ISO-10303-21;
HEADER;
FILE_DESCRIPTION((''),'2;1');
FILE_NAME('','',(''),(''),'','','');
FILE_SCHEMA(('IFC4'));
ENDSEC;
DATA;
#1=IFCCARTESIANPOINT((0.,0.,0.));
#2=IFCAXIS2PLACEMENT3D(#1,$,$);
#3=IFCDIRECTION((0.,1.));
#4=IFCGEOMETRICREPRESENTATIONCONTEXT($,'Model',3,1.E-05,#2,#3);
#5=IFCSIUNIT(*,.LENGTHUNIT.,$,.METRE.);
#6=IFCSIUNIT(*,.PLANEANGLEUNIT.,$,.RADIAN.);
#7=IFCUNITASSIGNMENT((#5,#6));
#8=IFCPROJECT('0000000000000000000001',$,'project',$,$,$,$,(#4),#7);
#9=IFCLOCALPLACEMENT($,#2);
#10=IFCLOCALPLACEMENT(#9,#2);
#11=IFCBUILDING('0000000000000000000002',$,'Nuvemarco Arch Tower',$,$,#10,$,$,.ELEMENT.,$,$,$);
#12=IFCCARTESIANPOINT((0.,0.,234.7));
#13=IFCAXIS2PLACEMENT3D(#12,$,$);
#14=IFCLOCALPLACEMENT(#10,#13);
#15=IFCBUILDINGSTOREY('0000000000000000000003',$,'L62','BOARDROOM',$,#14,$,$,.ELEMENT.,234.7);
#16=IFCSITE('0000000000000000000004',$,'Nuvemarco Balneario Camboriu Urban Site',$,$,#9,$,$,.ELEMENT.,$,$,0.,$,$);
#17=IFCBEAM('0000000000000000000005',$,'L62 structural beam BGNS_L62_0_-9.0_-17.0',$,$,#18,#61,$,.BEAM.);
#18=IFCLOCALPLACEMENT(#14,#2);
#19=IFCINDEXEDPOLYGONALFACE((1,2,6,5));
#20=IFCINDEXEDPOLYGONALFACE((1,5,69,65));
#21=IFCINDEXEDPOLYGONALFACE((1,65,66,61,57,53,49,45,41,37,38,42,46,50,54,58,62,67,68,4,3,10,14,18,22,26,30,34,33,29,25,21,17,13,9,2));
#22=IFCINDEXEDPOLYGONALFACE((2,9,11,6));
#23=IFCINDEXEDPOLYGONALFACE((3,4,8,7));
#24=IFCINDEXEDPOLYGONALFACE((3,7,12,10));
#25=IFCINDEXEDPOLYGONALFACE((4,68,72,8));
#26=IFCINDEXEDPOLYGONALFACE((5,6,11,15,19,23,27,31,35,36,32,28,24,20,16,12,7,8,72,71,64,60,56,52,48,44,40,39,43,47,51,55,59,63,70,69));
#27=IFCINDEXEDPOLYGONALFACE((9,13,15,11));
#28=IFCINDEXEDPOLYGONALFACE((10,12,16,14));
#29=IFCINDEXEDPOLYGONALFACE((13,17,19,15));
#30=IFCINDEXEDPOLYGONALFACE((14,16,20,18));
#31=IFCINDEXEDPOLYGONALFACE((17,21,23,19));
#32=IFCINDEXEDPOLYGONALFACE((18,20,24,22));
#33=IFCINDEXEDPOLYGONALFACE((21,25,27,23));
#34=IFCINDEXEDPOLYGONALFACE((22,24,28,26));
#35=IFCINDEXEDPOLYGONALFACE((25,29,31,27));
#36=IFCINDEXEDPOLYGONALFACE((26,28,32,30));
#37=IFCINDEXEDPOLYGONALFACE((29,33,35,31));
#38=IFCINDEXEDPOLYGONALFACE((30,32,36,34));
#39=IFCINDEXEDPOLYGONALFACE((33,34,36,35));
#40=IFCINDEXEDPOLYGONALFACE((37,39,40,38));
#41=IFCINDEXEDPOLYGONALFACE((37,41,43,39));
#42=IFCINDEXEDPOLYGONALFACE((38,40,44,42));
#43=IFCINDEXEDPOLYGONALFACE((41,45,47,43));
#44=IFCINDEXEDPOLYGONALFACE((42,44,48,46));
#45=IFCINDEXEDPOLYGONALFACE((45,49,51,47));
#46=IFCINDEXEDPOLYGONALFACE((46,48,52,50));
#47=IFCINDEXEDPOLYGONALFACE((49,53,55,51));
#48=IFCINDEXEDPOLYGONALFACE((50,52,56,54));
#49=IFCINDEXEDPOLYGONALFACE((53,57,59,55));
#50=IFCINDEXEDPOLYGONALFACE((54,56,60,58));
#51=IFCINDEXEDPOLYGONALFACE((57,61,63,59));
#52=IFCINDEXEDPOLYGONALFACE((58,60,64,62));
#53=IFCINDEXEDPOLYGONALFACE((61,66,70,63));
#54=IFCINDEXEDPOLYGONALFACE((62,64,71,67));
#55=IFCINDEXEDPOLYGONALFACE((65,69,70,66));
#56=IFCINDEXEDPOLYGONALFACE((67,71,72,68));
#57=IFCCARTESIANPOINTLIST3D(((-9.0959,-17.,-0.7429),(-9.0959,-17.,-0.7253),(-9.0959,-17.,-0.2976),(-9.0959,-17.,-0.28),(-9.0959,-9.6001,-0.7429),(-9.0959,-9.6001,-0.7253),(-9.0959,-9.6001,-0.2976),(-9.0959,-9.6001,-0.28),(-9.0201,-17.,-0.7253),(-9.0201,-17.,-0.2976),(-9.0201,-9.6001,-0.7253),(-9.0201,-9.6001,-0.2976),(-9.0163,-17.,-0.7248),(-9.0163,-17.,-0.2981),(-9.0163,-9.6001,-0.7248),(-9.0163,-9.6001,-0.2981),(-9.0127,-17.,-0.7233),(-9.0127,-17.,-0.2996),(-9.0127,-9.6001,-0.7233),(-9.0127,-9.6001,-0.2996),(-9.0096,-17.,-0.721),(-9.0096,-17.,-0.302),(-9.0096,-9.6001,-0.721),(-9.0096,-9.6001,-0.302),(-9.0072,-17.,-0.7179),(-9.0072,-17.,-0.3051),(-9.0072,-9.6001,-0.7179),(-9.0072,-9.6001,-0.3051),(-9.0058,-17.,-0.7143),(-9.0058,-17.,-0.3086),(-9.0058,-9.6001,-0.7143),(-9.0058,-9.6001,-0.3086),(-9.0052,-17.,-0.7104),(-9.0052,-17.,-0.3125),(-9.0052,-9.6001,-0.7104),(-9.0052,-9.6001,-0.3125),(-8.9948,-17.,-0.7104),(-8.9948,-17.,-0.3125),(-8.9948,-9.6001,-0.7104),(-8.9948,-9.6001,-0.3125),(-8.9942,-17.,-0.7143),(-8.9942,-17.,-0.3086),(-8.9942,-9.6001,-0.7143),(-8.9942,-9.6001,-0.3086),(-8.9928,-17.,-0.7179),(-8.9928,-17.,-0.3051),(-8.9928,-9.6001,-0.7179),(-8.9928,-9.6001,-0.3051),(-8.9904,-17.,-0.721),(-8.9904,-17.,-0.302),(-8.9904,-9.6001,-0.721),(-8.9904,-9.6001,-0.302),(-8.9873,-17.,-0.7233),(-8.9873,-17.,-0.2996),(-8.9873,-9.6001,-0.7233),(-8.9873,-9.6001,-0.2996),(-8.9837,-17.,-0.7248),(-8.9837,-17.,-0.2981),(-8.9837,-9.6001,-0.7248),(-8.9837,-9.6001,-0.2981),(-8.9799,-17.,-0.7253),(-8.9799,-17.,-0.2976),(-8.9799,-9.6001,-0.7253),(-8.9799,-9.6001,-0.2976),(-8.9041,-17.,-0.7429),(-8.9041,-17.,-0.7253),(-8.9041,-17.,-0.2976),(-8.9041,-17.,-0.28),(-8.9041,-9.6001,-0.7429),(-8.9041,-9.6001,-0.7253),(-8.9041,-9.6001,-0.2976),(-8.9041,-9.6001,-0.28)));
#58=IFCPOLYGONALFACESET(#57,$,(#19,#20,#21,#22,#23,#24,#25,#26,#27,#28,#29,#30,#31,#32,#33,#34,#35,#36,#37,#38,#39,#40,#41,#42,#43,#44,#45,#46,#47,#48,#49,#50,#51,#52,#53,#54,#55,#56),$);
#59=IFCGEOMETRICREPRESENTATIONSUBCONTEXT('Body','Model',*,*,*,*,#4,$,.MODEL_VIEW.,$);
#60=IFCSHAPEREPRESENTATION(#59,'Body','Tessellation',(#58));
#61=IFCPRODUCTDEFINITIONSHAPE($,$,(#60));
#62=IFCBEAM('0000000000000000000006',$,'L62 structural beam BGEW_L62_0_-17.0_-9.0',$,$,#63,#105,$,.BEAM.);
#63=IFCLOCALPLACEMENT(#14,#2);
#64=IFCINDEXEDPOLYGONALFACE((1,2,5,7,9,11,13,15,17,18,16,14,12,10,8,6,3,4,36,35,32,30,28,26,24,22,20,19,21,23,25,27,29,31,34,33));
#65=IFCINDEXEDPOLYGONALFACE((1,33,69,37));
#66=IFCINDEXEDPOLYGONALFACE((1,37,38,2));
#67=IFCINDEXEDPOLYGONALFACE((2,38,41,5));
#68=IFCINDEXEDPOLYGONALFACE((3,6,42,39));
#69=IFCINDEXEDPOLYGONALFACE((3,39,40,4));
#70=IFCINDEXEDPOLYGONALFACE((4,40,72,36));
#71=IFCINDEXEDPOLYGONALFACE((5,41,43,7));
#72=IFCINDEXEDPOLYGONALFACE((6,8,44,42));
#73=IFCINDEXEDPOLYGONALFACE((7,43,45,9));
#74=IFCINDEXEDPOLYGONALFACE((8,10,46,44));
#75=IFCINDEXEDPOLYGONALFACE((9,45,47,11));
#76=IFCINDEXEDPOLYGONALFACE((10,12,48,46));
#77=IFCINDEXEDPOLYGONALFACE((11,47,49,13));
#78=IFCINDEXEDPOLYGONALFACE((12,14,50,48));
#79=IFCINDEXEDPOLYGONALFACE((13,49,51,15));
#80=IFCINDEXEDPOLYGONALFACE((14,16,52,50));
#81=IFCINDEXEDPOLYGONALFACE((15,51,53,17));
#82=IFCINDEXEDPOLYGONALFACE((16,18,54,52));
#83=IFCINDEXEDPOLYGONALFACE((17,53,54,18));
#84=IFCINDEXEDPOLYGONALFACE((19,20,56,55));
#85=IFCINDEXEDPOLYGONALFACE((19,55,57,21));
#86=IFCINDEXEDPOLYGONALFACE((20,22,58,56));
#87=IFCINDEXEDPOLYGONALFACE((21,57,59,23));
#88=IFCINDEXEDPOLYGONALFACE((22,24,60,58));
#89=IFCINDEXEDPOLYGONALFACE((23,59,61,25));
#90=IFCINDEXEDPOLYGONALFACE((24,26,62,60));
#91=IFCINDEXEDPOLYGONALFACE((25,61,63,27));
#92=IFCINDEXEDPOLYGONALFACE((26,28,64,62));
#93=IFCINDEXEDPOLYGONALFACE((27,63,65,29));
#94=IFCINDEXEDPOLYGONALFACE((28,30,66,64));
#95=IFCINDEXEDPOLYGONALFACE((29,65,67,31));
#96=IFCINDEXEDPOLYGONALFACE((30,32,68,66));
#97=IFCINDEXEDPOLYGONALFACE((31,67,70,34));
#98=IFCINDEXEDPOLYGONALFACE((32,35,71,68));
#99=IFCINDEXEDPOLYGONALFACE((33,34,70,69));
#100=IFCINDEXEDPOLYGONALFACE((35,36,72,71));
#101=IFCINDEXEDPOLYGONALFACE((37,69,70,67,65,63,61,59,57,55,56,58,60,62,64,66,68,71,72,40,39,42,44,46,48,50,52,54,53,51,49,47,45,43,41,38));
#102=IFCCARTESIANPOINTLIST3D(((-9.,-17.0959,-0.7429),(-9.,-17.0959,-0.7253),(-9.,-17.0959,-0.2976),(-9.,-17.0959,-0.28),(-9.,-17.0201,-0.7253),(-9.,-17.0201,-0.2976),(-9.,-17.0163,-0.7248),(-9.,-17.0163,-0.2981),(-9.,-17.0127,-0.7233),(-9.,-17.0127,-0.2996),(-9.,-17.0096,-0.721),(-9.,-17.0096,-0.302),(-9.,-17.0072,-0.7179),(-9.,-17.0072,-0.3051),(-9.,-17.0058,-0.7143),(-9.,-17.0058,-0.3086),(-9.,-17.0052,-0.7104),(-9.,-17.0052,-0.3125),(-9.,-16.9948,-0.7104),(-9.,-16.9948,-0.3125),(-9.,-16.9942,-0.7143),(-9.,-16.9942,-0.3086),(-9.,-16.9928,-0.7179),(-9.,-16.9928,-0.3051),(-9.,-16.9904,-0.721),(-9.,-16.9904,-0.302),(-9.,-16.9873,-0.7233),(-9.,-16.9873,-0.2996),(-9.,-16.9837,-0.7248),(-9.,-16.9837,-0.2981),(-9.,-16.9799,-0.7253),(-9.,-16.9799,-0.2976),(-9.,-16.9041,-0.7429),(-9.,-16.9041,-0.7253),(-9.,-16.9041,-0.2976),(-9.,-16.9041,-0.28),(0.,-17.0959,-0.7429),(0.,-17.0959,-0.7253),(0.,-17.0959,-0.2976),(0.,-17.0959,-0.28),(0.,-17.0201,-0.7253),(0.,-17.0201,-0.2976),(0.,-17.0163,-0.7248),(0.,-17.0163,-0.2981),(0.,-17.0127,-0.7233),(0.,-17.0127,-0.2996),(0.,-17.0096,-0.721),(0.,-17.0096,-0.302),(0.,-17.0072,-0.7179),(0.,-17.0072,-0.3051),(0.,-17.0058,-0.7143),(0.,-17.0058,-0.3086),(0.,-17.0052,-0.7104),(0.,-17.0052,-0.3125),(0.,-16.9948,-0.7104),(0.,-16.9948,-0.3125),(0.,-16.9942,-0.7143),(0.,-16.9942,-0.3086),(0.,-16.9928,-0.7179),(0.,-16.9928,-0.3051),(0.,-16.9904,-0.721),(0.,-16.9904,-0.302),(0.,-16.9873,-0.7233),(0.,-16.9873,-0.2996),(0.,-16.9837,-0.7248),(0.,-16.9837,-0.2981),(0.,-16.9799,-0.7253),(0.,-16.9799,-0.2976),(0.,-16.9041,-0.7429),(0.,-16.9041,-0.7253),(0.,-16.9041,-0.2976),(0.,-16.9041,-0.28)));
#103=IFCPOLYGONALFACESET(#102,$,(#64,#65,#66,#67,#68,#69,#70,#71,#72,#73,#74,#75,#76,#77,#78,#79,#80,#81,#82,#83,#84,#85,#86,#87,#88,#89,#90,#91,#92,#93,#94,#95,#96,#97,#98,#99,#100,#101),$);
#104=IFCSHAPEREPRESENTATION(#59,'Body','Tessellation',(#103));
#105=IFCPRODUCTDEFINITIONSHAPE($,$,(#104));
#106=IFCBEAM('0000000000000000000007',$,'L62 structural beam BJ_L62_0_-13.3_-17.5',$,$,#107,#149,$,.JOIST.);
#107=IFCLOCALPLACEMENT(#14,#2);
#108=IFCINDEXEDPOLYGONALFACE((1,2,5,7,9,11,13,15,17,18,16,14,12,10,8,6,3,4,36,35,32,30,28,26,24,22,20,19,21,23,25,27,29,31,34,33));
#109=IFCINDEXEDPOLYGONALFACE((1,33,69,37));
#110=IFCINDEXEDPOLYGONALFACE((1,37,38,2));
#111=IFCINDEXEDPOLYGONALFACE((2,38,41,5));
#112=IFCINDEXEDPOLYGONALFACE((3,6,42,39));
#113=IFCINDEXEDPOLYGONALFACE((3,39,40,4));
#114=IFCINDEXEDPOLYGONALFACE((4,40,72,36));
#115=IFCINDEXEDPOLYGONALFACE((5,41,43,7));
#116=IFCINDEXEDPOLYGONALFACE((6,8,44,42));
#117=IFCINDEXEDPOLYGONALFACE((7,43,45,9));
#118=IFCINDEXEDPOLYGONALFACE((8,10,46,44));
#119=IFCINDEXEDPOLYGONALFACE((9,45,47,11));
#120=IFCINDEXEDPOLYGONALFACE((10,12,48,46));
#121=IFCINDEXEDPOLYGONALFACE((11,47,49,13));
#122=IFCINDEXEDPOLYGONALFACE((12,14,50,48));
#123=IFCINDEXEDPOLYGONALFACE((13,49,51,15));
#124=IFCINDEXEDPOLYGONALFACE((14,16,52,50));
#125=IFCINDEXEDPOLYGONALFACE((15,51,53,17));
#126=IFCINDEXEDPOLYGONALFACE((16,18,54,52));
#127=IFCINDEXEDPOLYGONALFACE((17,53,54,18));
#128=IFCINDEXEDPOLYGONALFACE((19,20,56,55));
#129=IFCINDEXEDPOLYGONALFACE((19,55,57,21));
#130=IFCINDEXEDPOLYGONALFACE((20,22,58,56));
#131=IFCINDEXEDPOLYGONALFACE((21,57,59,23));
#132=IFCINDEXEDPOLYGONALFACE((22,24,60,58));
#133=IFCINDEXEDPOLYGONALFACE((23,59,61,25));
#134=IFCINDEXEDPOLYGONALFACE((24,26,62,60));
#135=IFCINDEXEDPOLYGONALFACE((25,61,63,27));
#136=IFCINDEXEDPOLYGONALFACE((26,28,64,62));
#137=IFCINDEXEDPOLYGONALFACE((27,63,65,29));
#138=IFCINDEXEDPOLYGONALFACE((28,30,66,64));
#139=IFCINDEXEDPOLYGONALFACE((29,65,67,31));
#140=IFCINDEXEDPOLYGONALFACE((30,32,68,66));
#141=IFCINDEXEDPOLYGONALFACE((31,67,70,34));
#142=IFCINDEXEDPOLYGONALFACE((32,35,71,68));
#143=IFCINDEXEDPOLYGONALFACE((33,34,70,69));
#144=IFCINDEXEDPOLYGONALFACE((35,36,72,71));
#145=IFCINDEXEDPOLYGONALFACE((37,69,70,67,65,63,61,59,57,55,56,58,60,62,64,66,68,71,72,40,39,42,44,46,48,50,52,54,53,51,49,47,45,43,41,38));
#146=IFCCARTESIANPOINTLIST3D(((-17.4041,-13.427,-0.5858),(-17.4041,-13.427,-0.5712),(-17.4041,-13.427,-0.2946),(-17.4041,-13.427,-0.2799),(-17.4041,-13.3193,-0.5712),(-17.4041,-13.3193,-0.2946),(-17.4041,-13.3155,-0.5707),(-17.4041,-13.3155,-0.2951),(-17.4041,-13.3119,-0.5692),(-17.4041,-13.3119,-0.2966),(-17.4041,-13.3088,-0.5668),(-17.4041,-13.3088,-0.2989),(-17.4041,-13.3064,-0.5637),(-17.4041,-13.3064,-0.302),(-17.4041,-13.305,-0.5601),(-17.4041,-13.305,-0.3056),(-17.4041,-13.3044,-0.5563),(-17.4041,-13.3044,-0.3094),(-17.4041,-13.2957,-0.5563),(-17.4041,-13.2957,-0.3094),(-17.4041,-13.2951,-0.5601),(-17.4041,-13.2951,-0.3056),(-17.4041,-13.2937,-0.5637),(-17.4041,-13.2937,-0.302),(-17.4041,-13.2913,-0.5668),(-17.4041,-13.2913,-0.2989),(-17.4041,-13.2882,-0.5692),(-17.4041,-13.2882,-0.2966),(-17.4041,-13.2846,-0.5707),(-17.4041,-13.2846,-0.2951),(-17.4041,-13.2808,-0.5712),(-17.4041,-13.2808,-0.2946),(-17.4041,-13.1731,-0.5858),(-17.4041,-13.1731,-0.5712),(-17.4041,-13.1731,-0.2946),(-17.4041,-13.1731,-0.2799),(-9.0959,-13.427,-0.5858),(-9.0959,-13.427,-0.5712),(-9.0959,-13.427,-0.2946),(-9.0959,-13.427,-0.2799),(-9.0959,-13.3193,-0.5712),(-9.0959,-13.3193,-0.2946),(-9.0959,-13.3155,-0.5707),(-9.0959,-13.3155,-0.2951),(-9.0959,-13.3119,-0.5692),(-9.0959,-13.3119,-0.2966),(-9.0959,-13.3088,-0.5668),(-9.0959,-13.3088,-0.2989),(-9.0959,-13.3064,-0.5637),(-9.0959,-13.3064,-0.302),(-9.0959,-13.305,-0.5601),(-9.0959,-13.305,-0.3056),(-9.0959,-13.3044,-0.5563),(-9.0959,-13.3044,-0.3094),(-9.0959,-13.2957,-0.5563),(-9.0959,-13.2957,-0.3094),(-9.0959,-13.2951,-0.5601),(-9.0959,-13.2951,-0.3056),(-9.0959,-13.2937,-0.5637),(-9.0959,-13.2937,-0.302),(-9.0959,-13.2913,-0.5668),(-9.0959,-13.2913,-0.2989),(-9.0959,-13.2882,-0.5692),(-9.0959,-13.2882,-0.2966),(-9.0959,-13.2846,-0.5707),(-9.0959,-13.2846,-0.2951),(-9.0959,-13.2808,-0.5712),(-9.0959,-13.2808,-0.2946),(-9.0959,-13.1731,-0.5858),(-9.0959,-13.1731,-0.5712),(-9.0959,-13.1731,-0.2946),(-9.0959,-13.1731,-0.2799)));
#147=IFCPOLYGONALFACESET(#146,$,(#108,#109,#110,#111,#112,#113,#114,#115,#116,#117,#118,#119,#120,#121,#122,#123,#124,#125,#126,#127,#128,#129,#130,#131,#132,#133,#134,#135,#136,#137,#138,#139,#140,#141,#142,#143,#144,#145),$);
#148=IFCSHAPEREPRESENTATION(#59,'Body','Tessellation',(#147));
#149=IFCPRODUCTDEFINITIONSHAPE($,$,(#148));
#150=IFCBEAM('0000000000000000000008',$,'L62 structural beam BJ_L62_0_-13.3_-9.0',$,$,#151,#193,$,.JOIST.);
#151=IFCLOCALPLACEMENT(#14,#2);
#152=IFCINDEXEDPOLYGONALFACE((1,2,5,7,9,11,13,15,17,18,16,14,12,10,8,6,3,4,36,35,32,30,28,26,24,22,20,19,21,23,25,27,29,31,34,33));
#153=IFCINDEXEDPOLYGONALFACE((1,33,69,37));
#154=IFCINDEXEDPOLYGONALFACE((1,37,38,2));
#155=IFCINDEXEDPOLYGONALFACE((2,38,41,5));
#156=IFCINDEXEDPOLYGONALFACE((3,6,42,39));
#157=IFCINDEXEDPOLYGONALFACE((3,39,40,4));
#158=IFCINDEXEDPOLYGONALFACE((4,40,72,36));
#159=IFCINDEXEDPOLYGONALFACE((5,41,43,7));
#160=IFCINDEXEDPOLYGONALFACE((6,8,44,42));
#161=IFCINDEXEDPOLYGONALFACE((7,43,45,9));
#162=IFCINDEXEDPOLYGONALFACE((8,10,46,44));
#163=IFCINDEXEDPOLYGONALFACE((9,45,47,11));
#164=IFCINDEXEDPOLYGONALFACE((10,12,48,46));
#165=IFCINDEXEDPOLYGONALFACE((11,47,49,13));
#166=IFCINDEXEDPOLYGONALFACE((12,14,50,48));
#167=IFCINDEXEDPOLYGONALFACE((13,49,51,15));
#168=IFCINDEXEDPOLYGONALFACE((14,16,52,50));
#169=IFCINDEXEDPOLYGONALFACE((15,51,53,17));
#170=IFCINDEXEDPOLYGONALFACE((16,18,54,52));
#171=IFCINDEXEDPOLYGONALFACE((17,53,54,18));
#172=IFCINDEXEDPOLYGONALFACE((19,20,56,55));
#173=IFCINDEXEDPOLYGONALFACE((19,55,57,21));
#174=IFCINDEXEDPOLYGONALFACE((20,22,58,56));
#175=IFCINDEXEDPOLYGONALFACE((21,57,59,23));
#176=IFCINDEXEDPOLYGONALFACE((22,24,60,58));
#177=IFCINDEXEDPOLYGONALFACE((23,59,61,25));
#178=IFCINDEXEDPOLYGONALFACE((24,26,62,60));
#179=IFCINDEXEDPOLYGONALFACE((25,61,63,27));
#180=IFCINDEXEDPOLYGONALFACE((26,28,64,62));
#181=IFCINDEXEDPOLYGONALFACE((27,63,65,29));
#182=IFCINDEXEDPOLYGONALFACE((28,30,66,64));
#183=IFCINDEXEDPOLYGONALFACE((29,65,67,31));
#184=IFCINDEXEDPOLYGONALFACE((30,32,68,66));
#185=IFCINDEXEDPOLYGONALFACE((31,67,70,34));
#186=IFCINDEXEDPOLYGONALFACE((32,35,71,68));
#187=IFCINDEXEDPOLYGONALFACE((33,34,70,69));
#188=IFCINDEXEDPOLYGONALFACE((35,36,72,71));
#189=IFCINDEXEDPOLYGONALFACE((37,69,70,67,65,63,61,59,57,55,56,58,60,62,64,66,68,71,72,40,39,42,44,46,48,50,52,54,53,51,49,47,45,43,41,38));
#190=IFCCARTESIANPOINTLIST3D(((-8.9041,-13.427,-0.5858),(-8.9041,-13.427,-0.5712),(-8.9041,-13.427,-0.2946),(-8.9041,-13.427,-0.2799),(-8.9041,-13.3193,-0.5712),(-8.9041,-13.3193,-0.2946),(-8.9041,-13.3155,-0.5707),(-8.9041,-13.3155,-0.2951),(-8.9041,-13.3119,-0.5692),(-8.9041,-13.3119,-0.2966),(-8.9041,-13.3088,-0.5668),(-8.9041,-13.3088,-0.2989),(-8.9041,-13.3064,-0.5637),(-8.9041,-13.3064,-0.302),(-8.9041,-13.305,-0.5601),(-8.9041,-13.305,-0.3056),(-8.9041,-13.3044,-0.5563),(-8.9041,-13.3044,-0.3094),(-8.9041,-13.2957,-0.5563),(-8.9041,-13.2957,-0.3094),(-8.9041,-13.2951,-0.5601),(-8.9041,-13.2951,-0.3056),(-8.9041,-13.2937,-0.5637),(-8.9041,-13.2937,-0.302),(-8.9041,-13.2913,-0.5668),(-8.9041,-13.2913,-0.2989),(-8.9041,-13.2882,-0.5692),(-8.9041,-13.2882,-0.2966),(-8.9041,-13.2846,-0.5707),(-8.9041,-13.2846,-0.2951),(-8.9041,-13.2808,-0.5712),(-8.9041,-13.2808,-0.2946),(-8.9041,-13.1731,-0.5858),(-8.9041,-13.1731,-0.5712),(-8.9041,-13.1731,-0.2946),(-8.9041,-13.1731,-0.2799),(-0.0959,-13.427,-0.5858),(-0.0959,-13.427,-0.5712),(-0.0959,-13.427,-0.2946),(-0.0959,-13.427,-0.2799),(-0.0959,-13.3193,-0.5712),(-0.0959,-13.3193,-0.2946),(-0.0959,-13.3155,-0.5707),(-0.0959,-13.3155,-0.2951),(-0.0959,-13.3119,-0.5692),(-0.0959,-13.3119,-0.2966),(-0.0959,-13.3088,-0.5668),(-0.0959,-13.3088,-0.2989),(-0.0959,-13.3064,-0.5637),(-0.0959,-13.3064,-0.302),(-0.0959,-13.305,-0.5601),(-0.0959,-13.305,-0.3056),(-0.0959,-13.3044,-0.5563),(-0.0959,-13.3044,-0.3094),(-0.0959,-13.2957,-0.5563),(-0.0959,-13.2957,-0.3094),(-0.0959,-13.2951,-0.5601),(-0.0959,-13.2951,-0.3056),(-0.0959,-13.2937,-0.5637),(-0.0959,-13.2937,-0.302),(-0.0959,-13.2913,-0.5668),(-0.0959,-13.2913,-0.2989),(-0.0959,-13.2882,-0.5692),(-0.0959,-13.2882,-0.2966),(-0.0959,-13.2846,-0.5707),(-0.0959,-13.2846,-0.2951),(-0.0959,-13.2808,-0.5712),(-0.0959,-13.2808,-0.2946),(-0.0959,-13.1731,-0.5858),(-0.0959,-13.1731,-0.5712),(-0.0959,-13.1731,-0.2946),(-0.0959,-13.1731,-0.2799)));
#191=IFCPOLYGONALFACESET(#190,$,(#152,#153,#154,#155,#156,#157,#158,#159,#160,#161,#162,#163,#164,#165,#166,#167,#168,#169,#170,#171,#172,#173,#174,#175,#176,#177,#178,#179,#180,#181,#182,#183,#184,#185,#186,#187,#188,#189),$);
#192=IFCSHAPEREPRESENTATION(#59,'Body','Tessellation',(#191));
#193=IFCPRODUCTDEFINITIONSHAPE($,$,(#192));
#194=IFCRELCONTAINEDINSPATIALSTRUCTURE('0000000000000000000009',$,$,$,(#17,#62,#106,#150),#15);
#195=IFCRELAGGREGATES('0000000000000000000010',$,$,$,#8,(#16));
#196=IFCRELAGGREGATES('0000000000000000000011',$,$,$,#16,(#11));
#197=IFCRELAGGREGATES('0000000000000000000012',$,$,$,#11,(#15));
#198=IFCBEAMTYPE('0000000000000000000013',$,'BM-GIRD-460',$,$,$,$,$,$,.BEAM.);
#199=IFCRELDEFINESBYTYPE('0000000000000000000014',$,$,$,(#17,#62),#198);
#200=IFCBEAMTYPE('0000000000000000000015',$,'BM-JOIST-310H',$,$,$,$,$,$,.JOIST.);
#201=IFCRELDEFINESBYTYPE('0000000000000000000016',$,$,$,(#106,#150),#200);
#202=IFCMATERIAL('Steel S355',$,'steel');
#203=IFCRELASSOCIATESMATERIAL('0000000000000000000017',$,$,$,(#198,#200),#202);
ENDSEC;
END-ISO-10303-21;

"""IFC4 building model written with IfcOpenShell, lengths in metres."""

from ifc_helpers import new_model, si_unit, direction, frame, origin, origin_2d, place, context, subcontext, project, spatial, i_section, extrude, material, material_profile, profile_set, type_object, element, save


model = new_model("IFC4")

# Units and contexts
model_context = context("Model", 3, precision=1e-05, world=origin(), true_north=direction((0.0, 1.0)))
body_context = subcontext(model_context, "Body", "Model", "MODEL_VIEW")
ifc_project = project(units=[si_unit("LENGTHUNIT", "METRE"), si_unit("PLANEANGLEUNIT", "RADIAN")], contexts=[model_context])

# Site, building, storey
site_placement = place(None, origin())
site = spatial("IfcSite", under=ifc_project, at=site_placement, Name="Nuvemarco Balneario Camboriu Urban Site", CompositionType="ELEMENT", RefElevation=0.0)
building_placement = place(site_placement, origin())
building = spatial("IfcBuilding", under=site, at=building_placement, Name="Nuvemarco Arch Tower", CompositionType="ELEMENT")
storey_placement = place(building_placement, frame((0.0, 0.0, 234.7)))
storey = spatial("IfcBuildingStorey", under=building, at=storey_placement, Name="L62", Description="BOARDROOM", CompositionType="ELEMENT", Elevation=234.7)

# Shared definitions
ifc_material_1 = material(Name="Steel S355", Category="steel")

# Beams
ifc_material_profile_1 = material_profile(ifc_material_1, i_section(OverallWidth=0.1919, OverallDepth=0.4629, WebThickness=0.0105, FlangeThickness=0.0176, FilletRadius=0.0149, at=origin_2d()), Name="W460x89")
ifc_profile_set_1 = profile_set([ifc_material_profile_1], Name="Steel S355")
beam_type_1 = type_object("IfcBeamType", Name="BM-GIRD-460", PredefinedType="BEAM", material=ifc_profile_set_1)
beam_1_placement = place(storey_placement, frame((-9.0, -17.0, -0.5115), z_axis=(0.0, 1.0, 0.0), x_axis=(-1.0, 0.0, 0.0)))
element("IfcBeam", 1, at=beam_1_placement, inside=storey, type_object=beam_type_1, Name="L62 structural beam BGNS_L62_0_-9.0_-17.0", PredefinedType="BEAM", context=body_context, shape_type="SweptSolid", body=[
    extrude(i_section(OverallWidth=0.1919, OverallDepth=0.4629, WebThickness=0.0105, FlangeThickness=0.0176, FilletRadius=0.0149, at=origin_2d()), origin(), (0.0, 0.0, 1.0), 7.3999),
])
beam_2_placement = place(storey_placement, frame((-9.0, -17.0, -0.5115), z_axis=(1.0, 0.0, 0.0), x_axis=(0.0, 1.0, 0.0)))
element("IfcBeam", 2, at=beam_2_placement, inside=storey, type_object=beam_type_1, Name="L62 structural beam BGEW_L62_0_-17.0_-9.0", PredefinedType="BEAM", context=body_context, shape_type="SweptSolid", body=[
    extrude(i_section(OverallWidth=0.1919, OverallDepth=0.4629, WebThickness=0.0105, FlangeThickness=0.0176, FilletRadius=0.0149, at=origin_2d()), origin(), (0.0, 0.0, 1.0), 9.0),
])
ifc_material_profile_2 = material_profile(ifc_material_1, i_section(OverallWidth=0.2539, OverallDepth=0.3059, WebThickness=0.0088, FlangeThickness=0.0146, FilletRadius=0.0149, at=origin_2d()), Name="W310x79")
ifc_profile_set_2 = profile_set([ifc_material_profile_2], Name="Steel S355")
beam_type_2 = type_object("IfcBeamType", Name="BM-JOIST-310H", PredefinedType="JOIST", material=ifc_profile_set_2)
beam_3_placement = place(storey_placement, frame((-17.4041, -13.3, -0.4329), z_axis=(1.0, 0.0, 0.0), x_axis=(0.0, 1.0, 0.0)))
element("IfcBeam", 3, at=beam_3_placement, inside=storey, type_object=beam_type_2, Name="L62 structural beam BJ_L62_0_-13.3_-17.5", PredefinedType="JOIST", context=body_context, shape_type="SweptSolid", body=[
    extrude(i_section(OverallWidth=0.2539, OverallDepth=0.3059, WebThickness=0.0088, FlangeThickness=0.0146, FilletRadius=0.0149, at=origin_2d()), origin(), (0.0, 0.0, 1.0), 8.3081),
])
beam_4_placement = place(storey_placement, frame((-8.9041, -13.3, -0.4329), z_axis=(1.0, 0.0, 0.0), x_axis=(0.0, 1.0, 0.0)))
element("IfcBeam", 4, at=beam_4_placement, inside=storey, type_object=beam_type_2, Name="L62 structural beam BJ_L62_0_-13.3_-9.0", PredefinedType="JOIST", context=body_context, shape_type="SweptSolid", body=[
    extrude(i_section(OverallWidth=0.2539, OverallDepth=0.3059, WebThickness=0.0088, FlangeThickness=0.0146, FilletRadius=0.0149, at=origin_2d()), origin(), (0.0, 0.0, 1.0), 8.8081),
])

save(model, "model.ifc")
